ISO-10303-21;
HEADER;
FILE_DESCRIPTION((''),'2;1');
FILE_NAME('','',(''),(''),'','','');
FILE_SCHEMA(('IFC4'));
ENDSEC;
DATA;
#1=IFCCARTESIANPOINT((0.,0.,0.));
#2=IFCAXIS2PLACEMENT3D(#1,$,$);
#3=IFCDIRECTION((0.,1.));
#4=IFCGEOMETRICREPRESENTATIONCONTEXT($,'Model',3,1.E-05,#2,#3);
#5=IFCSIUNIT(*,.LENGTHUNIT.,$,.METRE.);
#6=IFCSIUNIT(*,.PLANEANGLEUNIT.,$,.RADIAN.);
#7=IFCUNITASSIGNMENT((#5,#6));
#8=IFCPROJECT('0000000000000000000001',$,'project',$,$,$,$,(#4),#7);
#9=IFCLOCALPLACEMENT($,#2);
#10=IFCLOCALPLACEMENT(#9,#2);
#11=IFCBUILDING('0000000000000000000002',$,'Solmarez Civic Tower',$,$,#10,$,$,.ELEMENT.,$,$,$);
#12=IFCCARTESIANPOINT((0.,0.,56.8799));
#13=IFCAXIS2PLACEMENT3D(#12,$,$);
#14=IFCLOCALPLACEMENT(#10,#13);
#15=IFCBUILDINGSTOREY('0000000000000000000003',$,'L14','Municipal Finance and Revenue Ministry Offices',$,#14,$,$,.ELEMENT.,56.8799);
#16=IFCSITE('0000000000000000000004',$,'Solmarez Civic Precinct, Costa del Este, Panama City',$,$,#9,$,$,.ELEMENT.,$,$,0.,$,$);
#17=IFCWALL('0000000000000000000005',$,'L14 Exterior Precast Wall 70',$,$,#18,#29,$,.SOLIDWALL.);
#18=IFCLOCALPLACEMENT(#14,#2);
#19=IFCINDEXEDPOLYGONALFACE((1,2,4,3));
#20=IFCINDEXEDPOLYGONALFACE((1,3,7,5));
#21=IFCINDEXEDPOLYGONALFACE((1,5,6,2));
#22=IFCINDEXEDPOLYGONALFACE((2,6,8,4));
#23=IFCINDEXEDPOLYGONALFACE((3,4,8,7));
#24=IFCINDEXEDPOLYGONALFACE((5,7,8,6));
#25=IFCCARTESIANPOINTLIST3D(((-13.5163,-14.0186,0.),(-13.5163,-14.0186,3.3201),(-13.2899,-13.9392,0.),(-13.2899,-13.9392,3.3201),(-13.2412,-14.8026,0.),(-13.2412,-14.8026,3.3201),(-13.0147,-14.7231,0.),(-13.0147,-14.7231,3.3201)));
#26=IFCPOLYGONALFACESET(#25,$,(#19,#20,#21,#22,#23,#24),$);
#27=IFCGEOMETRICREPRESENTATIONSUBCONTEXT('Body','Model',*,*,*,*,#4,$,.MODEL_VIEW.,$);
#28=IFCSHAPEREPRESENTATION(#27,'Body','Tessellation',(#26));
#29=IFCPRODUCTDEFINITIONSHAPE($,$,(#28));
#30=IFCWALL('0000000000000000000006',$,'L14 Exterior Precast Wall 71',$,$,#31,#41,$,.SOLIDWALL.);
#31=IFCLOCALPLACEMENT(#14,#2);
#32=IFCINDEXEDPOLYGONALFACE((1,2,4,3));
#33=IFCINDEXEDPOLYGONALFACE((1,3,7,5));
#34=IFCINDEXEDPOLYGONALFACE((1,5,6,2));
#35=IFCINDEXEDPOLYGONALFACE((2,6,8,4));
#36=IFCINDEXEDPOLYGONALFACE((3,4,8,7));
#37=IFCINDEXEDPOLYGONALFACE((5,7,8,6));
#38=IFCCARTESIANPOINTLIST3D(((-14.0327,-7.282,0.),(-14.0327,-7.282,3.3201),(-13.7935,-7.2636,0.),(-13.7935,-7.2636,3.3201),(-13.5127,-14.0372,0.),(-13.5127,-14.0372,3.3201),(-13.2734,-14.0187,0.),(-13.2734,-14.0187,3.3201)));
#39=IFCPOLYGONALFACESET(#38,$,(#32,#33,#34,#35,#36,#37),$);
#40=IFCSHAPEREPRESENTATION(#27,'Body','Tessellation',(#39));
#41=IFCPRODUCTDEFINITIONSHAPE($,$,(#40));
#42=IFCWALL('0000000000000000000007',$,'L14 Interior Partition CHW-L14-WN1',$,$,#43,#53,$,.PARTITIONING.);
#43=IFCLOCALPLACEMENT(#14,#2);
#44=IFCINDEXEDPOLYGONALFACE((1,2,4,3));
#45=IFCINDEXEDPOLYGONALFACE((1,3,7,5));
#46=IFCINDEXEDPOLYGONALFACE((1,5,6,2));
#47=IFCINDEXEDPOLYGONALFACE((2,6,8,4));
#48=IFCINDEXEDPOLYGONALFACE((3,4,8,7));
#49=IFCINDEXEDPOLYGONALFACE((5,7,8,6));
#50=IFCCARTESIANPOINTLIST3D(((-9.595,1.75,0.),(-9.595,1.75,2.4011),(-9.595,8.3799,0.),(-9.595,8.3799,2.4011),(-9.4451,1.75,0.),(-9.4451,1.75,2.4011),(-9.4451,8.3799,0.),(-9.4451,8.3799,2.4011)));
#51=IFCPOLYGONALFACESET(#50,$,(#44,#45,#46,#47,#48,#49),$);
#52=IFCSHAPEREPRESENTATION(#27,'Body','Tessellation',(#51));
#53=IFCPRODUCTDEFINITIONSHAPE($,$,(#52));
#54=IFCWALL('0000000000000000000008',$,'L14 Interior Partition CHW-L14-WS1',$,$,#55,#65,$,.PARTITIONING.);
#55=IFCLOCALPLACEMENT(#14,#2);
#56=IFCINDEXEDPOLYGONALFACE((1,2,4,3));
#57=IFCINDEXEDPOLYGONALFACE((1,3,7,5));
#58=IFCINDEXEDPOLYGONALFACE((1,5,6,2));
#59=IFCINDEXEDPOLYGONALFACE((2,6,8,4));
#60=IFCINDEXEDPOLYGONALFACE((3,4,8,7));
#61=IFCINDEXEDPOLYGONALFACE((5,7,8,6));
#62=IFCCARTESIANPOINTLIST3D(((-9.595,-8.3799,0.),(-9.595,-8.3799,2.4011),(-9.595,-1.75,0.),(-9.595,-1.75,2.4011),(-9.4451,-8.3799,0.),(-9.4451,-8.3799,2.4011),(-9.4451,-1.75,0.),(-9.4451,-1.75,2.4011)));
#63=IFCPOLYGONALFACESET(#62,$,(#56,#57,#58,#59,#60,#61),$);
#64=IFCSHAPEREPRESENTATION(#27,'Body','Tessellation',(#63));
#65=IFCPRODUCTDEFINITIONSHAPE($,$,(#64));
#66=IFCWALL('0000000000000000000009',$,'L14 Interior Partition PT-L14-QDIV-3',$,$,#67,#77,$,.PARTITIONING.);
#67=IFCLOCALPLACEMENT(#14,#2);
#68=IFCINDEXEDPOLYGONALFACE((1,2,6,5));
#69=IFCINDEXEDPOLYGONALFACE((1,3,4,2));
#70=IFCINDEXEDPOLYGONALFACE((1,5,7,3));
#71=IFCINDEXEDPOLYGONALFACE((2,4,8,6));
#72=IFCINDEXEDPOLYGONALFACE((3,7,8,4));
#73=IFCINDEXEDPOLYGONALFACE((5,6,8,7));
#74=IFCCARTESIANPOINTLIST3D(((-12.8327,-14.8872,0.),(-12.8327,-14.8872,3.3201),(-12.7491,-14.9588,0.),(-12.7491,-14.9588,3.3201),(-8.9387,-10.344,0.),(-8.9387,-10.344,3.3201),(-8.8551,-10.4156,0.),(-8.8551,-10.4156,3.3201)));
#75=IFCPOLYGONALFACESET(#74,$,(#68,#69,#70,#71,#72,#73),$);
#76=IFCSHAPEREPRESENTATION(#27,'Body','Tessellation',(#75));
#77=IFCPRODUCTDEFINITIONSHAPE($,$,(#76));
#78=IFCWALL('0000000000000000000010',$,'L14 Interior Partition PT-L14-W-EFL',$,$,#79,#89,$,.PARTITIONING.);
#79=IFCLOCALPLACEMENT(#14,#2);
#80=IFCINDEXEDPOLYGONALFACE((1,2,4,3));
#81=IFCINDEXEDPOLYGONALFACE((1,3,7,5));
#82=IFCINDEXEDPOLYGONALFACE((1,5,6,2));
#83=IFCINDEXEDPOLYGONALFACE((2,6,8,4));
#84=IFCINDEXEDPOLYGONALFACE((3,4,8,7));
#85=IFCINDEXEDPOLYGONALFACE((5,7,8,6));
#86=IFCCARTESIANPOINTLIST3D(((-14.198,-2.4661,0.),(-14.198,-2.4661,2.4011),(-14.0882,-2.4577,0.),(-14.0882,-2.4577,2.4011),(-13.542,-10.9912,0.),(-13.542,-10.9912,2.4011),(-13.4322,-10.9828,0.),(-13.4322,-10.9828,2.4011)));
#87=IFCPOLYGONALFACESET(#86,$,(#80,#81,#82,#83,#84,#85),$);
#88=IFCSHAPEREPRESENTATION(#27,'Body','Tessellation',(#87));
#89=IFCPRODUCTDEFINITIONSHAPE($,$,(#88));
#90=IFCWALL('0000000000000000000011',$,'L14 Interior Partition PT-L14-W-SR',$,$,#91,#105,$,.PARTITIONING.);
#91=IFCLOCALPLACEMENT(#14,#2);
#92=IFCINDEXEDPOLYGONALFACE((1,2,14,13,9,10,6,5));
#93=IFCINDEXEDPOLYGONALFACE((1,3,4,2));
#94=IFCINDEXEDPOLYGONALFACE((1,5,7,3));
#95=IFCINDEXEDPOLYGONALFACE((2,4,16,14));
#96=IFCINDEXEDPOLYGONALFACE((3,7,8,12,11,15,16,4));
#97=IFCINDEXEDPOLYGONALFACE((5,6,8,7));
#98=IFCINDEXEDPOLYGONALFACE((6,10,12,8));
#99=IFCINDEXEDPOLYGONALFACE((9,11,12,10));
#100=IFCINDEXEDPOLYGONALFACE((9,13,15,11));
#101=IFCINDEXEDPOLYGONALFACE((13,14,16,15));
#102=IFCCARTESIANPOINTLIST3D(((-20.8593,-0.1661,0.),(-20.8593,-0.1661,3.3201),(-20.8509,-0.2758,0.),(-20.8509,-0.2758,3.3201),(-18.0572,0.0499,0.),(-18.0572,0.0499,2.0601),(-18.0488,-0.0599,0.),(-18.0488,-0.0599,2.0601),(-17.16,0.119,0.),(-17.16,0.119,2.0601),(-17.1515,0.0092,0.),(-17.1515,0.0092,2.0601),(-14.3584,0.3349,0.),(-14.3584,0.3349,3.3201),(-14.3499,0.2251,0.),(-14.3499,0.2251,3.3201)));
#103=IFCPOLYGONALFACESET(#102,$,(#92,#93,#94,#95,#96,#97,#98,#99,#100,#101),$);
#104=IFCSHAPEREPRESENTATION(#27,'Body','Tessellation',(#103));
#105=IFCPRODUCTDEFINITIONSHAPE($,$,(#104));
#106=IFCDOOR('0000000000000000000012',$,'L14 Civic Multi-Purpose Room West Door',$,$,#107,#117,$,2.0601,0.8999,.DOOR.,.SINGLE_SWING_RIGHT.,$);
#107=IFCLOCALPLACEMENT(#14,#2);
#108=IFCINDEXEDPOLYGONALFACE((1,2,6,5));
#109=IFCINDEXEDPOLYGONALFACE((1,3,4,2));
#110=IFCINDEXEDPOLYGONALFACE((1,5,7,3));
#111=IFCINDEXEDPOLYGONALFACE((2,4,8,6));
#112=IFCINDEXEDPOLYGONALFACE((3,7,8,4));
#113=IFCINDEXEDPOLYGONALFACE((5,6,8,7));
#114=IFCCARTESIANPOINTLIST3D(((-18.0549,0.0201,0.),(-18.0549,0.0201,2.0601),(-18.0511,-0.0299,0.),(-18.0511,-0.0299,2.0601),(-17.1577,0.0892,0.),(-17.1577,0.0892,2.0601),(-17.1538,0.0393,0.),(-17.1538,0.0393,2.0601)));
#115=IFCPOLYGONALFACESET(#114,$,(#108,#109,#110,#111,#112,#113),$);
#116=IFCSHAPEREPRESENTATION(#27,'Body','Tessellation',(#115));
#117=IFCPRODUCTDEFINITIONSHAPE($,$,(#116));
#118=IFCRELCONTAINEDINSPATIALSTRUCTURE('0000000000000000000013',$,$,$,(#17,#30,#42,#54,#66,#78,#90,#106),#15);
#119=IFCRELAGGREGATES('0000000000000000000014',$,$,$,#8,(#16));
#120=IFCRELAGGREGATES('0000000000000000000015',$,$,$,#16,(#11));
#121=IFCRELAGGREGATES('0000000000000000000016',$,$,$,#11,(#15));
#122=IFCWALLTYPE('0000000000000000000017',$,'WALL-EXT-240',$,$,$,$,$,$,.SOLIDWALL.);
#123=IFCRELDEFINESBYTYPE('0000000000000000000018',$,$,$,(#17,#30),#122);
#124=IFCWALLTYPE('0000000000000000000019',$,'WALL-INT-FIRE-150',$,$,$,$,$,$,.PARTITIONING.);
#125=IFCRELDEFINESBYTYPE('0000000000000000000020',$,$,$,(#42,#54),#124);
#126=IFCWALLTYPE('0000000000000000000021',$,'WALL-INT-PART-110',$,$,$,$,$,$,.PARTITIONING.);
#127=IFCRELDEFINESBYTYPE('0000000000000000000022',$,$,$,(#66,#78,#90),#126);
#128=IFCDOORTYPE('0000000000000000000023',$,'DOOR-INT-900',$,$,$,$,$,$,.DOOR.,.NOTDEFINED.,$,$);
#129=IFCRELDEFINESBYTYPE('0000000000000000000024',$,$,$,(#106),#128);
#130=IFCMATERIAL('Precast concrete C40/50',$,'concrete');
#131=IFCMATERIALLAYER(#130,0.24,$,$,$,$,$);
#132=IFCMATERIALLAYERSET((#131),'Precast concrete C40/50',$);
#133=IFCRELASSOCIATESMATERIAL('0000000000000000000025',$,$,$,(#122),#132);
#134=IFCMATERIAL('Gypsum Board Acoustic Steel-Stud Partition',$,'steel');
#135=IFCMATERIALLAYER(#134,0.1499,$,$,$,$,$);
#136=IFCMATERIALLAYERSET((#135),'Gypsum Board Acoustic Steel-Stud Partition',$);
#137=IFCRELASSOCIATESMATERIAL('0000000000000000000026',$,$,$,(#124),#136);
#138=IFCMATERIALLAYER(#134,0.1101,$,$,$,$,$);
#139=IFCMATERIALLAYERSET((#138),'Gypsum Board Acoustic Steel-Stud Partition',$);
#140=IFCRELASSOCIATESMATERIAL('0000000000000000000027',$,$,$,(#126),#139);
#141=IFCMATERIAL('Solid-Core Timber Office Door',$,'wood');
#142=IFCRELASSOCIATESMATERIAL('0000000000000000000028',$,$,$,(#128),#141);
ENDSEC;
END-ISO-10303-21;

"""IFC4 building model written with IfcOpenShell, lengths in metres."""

from ifc_helpers import new_model, si_unit, direction, frame, frame_2d, origin, place, context, subcontext, project, spatial, rectangle, extrude, material, layer, layer_set, type_object, element, fill, save


model = new_model("IFC4")

# Units and contexts
model_context = context("Model", 3, precision=1e-05, world=origin(), true_north=direction((0.0, 1.0)))
body_context = subcontext(model_context, "Body", "Model", "MODEL_VIEW")
ifc_project = project(units=[si_unit("LENGTHUNIT", "METRE"), si_unit("PLANEANGLEUNIT", "RADIAN")], contexts=[model_context])

# Site, building, storey
site_placement = place(None, origin())
site = spatial("IfcSite", under=ifc_project, at=site_placement, Name="Solmarez Civic Precinct, Costa del Este, Panama City", CompositionType="ELEMENT", RefElevation=0.0)
building_placement = place(site_placement, origin())
building = spatial("IfcBuilding", under=site, at=building_placement, Name="Solmarez Civic Tower", CompositionType="ELEMENT")
storey_placement = place(building_placement, frame((0.0, 0.0, 56.8799)))
storey = spatial("IfcBuildingStorey", under=building, at=storey_placement, Name="L14", Description="Municipal Finance and Revenue Ministry Offices", CompositionType="ELEMENT", Elevation=56.8799)

# Shared definitions
ifc_material_1 = material(Name="Precast concrete C40/50", Category="concrete")
ifc_layer_1 = layer(ifc_material_1, 0.24)
ifc_layer_set_1 = layer_set([ifc_layer_1], Name="Precast concrete C40/50")
wall_type_1 = type_object("IfcWallType", Name="WALL-EXT-240", PredefinedType="SOLIDWALL", material=ifc_layer_set_1)

# Walls
wall_1_placement = place(storey_placement, frame((-13.1279, -14.7629, 0.0), z_axis=(0.0, 0.0, 1.0), x_axis=(-0.331175, 0.943569, 0.0)))
element("IfcWall", 1, at=wall_1_placement, inside=storey, type_object=wall_type_1, Name="L14 Exterior Precast Wall 70", PredefinedType="SOLIDWALL", context=body_context, shape_type="SweptSolid", body=[
    extrude(rectangle(XDim=0.8308, YDim=0.24, at=frame_2d((0.4155, 0.0))), origin(), (0.0, 0.0, 1.0), 3.3201),
])
wall_2_placement = place(storey_placement, frame((-13.3931, -14.0281, 0.0), z_axis=(0.0, 0.0, 1.0), x_axis=(-0.076754, 0.99705, 0.0)))
element("IfcWall", 2, at=wall_2_placement, inside=storey, type_object=wall_type_1, Name="L14 Exterior Precast Wall 71", PredefinedType="SOLIDWALL", context=body_context, shape_type="SweptSolid", body=[
    extrude(rectangle(XDim=6.7751, YDim=0.24, at=frame_2d((3.3877, 0.0))), origin(), (0.0, 0.0, 1.0), 3.3201),
])
ifc_material_2 = material(Name="Gypsum Board Acoustic Steel-Stud Partition", Category="steel")
ifc_layer_2 = layer(ifc_material_2, 0.1499)
ifc_layer_set_2 = layer_set([ifc_layer_2], Name="Gypsum Board Acoustic Steel-Stud Partition")
wall_type_2 = type_object("IfcWallType", Name="WALL-INT-FIRE-150", PredefinedType="PARTITIONING", material=ifc_layer_set_2)
for number, where, z_axis, x_axis, name in (
    (3, (-9.52, 1.75, 0.0), (0.0, 0.0, 1.0), (0.0, 1.0, 0.0), "L14 Interior Partition CHW-L14-WN1"),
    (4, (-9.52, -8.3799, 0.0), (0.0, 0.0, 1.0), (0.0, 1.0, 0.0), "L14 Interior Partition CHW-L14-WS1"),
):
    element("IfcWall", number, at=place(storey_placement, frame(where, z_axis=z_axis, x_axis=x_axis)), inside=storey, type_object=wall_type_2, Name=name, PredefinedType="PARTITIONING", context=body_context, shape_type="SweptSolid", body=[
        extrude(rectangle(XDim=6.6299, YDim=0.1499, at=frame_2d((3.3149, 0.0))), origin(), (0.0, 0.0, 1.0), 2.4011),
    ])
ifc_layer_3 = layer(ifc_material_2, 0.1101)
ifc_layer_set_3 = layer_set([ifc_layer_3], Name="Gypsum Board Acoustic Steel-Stud Partition")
wall_type_3 = type_object("IfcWallType", Name="WALL-INT-PART-110", PredefinedType="PARTITIONING", material=ifc_layer_set_3)
wall_3_placement = place(storey_placement, frame((-8.897, -10.3799, 0.0), z_axis=(0.0, 0.0, 1.0), x_axis=(-0.650778, -0.759268, 0.0)))
element("IfcWall", 5, at=wall_3_placement, inside=storey, type_object=wall_type_3, Name="L14 Interior Partition PT-L14-QDIV-3", PredefinedType="PARTITIONING", context=body_context, shape_type="SweptSolid", body=[
    extrude(rectangle(XDim=5.9836, YDim=0.1101, at=frame_2d((2.9917, 0.0))), origin(), (0.0, 0.0, 1.0), 3.3201),
])
wall_4_placement = place(storey_placement, frame((-14.1431, -2.4619, 0.0), z_axis=(0.0, 0.0, 1.0), x_axis=(0.076723, -0.997052, 0.0)))
element("IfcWall", 6, at=wall_4_placement, inside=storey, type_object=wall_type_3, Name="L14 Interior Partition PT-L14-W-EFL", PredefinedType="PARTITIONING", context=body_context, shape_type="SweptSolid", body=[
    extrude(rectangle(XDim=8.5503, YDim=0.1101, at=frame_2d((4.2751, 0.0))), origin(), (0.0, 0.0, 1.0), 2.4011),
])

# Wall, opening, door
wall_5_placement = place(storey_placement, frame((-14.354, 0.28, 0.0), z_axis=(0.0, 0.0, 1.0), x_axis=(-0.997044, -0.076834, 0.0)))
wall_5 = element("IfcWall", 7, at=wall_5_placement, inside=storey, type_object=wall_type_3, Name="L14 Interior Partition PT-L14-W-SR", PredefinedType="PARTITIONING", context=body_context, shape_type="SweptSolid", body=[
    extrude(rectangle(XDim=6.5203, YDim=0.1101, at=frame_2d((3.2603, 0.0))), origin(), (0.0, 0.0, 1.0), 3.3201),
])
opening_1_placement = place(wall_5_placement, frame((2.8101, 0.0, 0.0)))
opening_1 = element("IfcOpeningElement", 8, at=opening_1_placement, cuts=wall_5, PredefinedType="OPENING", context=body_context, shape_type="SweptSolid", body=[
    extrude(rectangle(XDim=0.8999, YDim=2.0601, at=frame_2d((0.45, 1.03))), frame((0.0, 0.0649, 0.0), z_axis=(0.0, -1.0, 0.0), x_axis=(1.0, 0.0, 0.0)), (0.0, 0.0, 1.0), 0.1301),
])
ifc_material_3 = material(Name="Solid-Core Timber Office Door", Category="wood")
door_type = type_object("IfcDoorType", Name="DOOR-INT-900", OperationType="NOTDEFINED", PredefinedType="DOOR", material=ifc_material_3)
door_placement = place(opening_1_placement, origin())
door = element("IfcDoor", 9, at=door_placement, inside=storey, type_object=door_type, Name="L14 Civic Multi-Purpose Room West Door", OperationType="SINGLE_SWING_RIGHT", OverallHeight=2.0601, OverallWidth=0.8999, PredefinedType="DOOR", context=body_context, shape_type="SweptSolid", body=[
    extrude(rectangle(XDim=0.8999, YDim=2.0601, at=frame_2d((0.45, 1.03))), frame((0.0, 0.0249, 0.0), z_axis=(0.0, -1.0, 0.0), x_axis=(1.0, 0.0, 0.0)), (0.0, 0.0, 1.0), 0.05),
])
fill(opening_1, door)

save(model, "model.ifc")
